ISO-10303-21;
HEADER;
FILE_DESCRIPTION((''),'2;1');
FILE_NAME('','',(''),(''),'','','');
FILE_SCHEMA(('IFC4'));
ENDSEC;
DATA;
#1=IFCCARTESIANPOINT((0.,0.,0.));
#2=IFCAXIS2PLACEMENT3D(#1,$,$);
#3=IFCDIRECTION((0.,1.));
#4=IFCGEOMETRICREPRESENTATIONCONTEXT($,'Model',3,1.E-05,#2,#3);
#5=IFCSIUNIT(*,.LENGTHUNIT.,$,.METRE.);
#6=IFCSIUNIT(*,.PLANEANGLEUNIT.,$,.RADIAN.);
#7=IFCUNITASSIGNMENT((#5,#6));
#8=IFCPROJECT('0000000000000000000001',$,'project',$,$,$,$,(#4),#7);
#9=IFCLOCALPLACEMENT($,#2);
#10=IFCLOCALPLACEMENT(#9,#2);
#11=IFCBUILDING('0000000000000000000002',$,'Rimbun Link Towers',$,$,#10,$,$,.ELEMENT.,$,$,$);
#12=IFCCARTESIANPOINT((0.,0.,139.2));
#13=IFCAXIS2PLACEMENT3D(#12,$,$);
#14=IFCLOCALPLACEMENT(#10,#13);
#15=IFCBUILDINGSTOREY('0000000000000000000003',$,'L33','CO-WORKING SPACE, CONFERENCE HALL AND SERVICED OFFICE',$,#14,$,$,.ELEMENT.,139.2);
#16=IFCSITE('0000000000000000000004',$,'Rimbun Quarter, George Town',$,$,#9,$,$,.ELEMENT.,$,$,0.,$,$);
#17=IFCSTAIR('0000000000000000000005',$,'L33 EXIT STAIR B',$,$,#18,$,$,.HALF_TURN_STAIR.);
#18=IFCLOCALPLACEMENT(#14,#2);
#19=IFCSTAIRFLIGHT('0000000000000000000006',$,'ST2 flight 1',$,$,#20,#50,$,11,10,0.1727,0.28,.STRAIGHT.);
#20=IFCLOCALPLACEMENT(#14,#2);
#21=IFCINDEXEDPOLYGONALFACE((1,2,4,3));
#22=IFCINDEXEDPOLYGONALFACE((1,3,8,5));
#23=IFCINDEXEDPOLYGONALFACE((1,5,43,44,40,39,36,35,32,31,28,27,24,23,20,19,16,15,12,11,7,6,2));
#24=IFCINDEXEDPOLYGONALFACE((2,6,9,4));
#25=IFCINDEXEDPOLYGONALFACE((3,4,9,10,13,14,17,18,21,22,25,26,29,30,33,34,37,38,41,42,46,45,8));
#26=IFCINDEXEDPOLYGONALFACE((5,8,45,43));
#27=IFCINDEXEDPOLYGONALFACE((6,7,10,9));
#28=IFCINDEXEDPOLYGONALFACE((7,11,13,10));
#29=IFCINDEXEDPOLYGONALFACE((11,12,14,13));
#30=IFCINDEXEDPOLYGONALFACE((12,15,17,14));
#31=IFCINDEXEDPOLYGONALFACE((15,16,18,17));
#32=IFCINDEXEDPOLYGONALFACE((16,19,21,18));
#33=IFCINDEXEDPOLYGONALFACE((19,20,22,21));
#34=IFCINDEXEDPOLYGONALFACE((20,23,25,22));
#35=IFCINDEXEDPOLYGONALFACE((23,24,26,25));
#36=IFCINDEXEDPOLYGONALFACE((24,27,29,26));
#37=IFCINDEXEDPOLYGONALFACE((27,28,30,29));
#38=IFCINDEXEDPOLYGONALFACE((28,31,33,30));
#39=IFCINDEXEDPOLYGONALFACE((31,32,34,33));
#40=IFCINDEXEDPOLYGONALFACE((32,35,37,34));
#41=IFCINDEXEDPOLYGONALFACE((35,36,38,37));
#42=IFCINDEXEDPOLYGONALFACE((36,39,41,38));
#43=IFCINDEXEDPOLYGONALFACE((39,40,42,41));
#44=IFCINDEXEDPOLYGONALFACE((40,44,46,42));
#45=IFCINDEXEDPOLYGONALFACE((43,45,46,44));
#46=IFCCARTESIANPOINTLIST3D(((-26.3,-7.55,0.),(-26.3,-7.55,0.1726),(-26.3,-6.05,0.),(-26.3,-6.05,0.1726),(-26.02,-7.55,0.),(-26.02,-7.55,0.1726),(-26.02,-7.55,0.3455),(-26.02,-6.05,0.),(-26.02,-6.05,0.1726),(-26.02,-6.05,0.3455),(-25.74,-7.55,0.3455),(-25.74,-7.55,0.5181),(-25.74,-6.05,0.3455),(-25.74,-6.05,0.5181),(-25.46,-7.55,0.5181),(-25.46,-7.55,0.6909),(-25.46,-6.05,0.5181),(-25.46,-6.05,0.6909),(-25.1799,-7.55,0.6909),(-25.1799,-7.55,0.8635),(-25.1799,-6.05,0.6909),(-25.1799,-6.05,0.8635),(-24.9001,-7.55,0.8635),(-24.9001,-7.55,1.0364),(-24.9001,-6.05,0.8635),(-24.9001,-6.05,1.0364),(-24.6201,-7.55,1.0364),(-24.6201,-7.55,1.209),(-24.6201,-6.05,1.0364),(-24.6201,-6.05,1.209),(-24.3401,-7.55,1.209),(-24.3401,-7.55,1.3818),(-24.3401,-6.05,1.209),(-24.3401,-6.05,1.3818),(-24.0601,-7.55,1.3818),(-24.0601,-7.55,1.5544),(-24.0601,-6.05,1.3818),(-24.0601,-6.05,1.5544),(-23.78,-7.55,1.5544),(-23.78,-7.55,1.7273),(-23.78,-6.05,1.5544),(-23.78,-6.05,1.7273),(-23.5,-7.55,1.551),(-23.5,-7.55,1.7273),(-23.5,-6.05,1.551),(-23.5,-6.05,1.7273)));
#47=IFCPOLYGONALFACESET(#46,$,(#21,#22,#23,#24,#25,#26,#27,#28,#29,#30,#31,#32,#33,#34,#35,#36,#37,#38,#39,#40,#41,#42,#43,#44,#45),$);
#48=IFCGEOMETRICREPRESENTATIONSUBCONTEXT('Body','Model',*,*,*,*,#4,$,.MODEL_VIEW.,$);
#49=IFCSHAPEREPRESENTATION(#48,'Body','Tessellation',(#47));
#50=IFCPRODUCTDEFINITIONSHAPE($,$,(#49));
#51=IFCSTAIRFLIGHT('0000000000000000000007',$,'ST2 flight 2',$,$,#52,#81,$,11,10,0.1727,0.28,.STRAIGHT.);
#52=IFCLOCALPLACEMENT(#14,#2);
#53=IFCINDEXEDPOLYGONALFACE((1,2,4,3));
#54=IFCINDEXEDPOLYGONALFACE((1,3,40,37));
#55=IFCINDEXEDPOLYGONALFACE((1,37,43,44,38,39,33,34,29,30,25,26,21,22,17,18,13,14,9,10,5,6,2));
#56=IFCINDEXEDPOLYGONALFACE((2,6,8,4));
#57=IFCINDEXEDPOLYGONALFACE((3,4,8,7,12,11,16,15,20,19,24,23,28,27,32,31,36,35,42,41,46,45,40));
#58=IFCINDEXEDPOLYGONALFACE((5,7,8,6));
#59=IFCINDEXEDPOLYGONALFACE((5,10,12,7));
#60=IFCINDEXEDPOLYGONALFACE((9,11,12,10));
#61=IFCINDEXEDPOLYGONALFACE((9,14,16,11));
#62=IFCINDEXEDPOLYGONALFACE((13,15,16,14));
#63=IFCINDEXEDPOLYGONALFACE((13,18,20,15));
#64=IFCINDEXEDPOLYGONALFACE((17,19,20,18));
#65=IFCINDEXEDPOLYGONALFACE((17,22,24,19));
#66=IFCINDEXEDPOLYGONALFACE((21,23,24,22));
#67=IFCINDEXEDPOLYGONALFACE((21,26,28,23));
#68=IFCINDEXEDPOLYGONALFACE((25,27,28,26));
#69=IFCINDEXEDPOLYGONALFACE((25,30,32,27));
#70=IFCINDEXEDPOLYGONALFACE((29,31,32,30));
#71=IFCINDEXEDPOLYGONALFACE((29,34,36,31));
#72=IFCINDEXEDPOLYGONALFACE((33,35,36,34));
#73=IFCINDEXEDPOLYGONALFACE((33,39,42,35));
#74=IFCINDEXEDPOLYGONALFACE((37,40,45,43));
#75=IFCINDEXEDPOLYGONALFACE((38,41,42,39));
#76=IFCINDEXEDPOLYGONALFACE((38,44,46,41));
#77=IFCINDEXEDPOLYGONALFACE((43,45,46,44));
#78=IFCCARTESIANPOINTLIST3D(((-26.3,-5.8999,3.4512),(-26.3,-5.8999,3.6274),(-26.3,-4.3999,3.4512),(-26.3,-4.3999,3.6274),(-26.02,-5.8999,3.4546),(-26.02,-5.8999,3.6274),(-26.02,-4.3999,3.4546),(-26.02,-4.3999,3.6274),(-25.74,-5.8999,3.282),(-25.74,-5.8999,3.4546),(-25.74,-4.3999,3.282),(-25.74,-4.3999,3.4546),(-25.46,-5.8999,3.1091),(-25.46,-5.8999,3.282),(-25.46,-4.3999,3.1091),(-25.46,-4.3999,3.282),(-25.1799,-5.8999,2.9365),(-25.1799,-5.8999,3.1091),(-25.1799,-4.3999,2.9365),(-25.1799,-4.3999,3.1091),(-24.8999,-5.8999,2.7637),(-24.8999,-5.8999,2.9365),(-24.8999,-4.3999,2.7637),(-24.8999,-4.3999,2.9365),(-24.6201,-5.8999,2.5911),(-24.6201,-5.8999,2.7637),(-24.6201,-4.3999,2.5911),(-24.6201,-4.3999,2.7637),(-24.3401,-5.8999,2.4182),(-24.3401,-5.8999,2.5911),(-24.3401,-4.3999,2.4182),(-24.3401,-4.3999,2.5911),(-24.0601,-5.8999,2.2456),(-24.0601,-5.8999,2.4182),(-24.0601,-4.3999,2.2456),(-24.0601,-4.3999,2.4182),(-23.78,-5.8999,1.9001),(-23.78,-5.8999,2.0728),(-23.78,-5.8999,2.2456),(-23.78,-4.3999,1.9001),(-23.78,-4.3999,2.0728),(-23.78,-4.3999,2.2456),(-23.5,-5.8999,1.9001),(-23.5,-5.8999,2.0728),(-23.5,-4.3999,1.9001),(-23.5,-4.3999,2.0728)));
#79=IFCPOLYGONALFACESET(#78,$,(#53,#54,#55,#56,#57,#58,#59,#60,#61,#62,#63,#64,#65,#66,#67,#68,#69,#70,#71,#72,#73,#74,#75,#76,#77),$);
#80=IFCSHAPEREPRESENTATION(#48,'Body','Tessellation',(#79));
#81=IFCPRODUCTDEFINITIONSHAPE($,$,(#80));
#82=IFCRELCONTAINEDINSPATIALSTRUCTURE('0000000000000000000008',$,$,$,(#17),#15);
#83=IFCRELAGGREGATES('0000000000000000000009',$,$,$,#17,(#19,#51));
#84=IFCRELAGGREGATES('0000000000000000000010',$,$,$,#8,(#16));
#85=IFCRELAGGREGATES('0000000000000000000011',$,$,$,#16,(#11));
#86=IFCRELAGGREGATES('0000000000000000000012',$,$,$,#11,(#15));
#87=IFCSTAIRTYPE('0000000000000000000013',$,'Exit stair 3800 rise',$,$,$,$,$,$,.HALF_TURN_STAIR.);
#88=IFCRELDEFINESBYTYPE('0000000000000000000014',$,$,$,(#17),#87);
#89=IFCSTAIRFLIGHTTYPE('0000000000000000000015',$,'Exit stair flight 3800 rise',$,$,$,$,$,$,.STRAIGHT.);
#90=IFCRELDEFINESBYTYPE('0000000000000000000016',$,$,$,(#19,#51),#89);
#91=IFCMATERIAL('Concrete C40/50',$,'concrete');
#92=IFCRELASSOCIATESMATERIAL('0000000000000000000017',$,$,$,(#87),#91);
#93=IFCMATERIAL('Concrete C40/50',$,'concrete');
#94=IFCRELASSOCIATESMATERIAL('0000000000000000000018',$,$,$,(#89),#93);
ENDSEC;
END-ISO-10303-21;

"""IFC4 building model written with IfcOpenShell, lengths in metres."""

from ifc_helpers import new_model, si_unit, direction, frame, origin, place, context, subcontext, project, spatial, polyline, outline, extrude, material, type_object, element, aggregate, save


model = new_model("IFC4")

# Units and contexts
model_context = context("Model", 3, precision=1e-05, world=origin(), true_north=direction((0.0, 1.0)))
body_context = subcontext(model_context, "Body", "Model", "MODEL_VIEW")
ifc_project = project(units=[si_unit("LENGTHUNIT", "METRE"), si_unit("PLANEANGLEUNIT", "RADIAN")], contexts=[model_context])

# Site, building, storey
site_placement = place(None, origin())
site = spatial("IfcSite", under=ifc_project, at=site_placement, Name="Rimbun Quarter, George Town", CompositionType="ELEMENT", RefElevation=0.0)
building_placement = place(site_placement, origin())
building = spatial("IfcBuilding", under=site, at=building_placement, Name="Rimbun Link Towers", CompositionType="ELEMENT")
storey_placement = place(building_placement, frame((0.0, 0.0, 139.2)))
storey = spatial("IfcBuildingStorey", under=building, at=storey_placement, Name="L33", Description="CO-WORKING SPACE, CONFERENCE HALL AND SERVICED OFFICE", CompositionType="ELEMENT", Elevation=139.2)

# Stair, stair flights
ifc_material_1 = material(Name="Concrete C40/50", Category="concrete")
stair_type = type_object("IfcStairType", Name="Exit stair 3800 rise", PredefinedType="HALF_TURN_STAIR", material=ifc_material_1)
stair_placement = place(storey_placement, origin())
stair = element("IfcStair", 1, at=stair_placement, inside=storey, type_object=stair_type, Name="L33 EXIT STAIR B", PredefinedType="HALF_TURN_STAIR")
ifc_material_2 = material(Name="Concrete C40/50", Category="concrete")
stair_flight_type = type_object("IfcStairFlightType", Name="Exit stair flight 3800 rise", PredefinedType="STRAIGHT", material=ifc_material_2)
stair_flight_1_placement = place(storey_placement, frame((-26.3, -6.8, 0.0), z_axis=(0.0, 0.0, 1.0), x_axis=(1.0, 0.0, 0.0)))
stair_flight_1 = element("IfcStairFlight", 2, at=stair_flight_1_placement, type_object=stair_flight_type, Name="ST2 flight 1", NumberOfRisers=11, NumberOfTreads=10, PredefinedType="STRAIGHT", RiserHeight=0.1727, TreadLength=0.28, context=body_context, shape_type="SweptSolid", body=[
    extrude(outline(polyline([(0.0, 0.0), (0.0, 0.1726), (0.28, 0.1726), (0.28, 0.3455), (0.5601, 0.3455), (0.5601, 0.5181), (0.8401, 0.5181), (0.8401, 0.6909), (1.1201, 0.6909), (1.1201, 0.8635), (1.3999, 0.8635), (1.3999, 1.0364), (1.6799, 1.0364), (1.6799, 1.209), (1.96, 1.209), (1.96, 1.3818), (2.24, 1.3818), (2.24, 1.5544), (2.52, 1.5544), (2.52, 1.7273), (2.8, 1.7273), (2.8, 1.8999), (2.8, 1.551), (0.28, 0.0), (0.0, 0.0)])), frame((0.0, 0.75, 0.0), z_axis=(0.0, -1.0, 0.0), x_axis=(1.0, 0.0, 0.0)), (0.0, 0.0, 1.0), 1.5),
])
stair_flight_2_placement = place(storey_placement, frame((-23.5, -5.1499, 1.9001), z_axis=(0.0, 0.0, 1.0), x_axis=(-1.0, 0.0, 0.0)))
stair_flight_2 = element("IfcStairFlight", 3, at=stair_flight_2_placement, type_object=stair_flight_type, Name="ST2 flight 2", NumberOfRisers=11, NumberOfTreads=10, PredefinedType="STRAIGHT", RiserHeight=0.1727, TreadLength=0.28, context=body_context, shape_type="SweptSolid", body=[
    extrude(outline(polyline([(0.0, 0.0), (0.0, 0.1726), (0.28, 0.1726), (0.28, 0.3455), (0.5601, 0.3455), (0.5601, 0.5181), (0.8401, 0.5181), (0.8401, 0.6909), (1.1201, 0.6909), (1.1201, 0.8635), (1.3999, 0.8635), (1.3999, 1.0364), (1.6799, 1.0364), (1.6799, 1.209), (1.96, 1.209), (1.96, 1.3818), (2.24, 1.3818), (2.24, 1.5544), (2.52, 1.5544), (2.52, 1.7273), (2.8, 1.7273), (2.8, 1.8999), (2.8, 1.551), (0.28, 0.0), (0.0, 0.0)])), frame((0.0, 0.75, 0.0), z_axis=(0.0, -1.0, 0.0), x_axis=(1.0, 0.0, 0.0)), (0.0, 0.0, 1.0), 1.5),
])
aggregate(stair, [stair_flight_1, stair_flight_2])

save(model, "model.ifc")
